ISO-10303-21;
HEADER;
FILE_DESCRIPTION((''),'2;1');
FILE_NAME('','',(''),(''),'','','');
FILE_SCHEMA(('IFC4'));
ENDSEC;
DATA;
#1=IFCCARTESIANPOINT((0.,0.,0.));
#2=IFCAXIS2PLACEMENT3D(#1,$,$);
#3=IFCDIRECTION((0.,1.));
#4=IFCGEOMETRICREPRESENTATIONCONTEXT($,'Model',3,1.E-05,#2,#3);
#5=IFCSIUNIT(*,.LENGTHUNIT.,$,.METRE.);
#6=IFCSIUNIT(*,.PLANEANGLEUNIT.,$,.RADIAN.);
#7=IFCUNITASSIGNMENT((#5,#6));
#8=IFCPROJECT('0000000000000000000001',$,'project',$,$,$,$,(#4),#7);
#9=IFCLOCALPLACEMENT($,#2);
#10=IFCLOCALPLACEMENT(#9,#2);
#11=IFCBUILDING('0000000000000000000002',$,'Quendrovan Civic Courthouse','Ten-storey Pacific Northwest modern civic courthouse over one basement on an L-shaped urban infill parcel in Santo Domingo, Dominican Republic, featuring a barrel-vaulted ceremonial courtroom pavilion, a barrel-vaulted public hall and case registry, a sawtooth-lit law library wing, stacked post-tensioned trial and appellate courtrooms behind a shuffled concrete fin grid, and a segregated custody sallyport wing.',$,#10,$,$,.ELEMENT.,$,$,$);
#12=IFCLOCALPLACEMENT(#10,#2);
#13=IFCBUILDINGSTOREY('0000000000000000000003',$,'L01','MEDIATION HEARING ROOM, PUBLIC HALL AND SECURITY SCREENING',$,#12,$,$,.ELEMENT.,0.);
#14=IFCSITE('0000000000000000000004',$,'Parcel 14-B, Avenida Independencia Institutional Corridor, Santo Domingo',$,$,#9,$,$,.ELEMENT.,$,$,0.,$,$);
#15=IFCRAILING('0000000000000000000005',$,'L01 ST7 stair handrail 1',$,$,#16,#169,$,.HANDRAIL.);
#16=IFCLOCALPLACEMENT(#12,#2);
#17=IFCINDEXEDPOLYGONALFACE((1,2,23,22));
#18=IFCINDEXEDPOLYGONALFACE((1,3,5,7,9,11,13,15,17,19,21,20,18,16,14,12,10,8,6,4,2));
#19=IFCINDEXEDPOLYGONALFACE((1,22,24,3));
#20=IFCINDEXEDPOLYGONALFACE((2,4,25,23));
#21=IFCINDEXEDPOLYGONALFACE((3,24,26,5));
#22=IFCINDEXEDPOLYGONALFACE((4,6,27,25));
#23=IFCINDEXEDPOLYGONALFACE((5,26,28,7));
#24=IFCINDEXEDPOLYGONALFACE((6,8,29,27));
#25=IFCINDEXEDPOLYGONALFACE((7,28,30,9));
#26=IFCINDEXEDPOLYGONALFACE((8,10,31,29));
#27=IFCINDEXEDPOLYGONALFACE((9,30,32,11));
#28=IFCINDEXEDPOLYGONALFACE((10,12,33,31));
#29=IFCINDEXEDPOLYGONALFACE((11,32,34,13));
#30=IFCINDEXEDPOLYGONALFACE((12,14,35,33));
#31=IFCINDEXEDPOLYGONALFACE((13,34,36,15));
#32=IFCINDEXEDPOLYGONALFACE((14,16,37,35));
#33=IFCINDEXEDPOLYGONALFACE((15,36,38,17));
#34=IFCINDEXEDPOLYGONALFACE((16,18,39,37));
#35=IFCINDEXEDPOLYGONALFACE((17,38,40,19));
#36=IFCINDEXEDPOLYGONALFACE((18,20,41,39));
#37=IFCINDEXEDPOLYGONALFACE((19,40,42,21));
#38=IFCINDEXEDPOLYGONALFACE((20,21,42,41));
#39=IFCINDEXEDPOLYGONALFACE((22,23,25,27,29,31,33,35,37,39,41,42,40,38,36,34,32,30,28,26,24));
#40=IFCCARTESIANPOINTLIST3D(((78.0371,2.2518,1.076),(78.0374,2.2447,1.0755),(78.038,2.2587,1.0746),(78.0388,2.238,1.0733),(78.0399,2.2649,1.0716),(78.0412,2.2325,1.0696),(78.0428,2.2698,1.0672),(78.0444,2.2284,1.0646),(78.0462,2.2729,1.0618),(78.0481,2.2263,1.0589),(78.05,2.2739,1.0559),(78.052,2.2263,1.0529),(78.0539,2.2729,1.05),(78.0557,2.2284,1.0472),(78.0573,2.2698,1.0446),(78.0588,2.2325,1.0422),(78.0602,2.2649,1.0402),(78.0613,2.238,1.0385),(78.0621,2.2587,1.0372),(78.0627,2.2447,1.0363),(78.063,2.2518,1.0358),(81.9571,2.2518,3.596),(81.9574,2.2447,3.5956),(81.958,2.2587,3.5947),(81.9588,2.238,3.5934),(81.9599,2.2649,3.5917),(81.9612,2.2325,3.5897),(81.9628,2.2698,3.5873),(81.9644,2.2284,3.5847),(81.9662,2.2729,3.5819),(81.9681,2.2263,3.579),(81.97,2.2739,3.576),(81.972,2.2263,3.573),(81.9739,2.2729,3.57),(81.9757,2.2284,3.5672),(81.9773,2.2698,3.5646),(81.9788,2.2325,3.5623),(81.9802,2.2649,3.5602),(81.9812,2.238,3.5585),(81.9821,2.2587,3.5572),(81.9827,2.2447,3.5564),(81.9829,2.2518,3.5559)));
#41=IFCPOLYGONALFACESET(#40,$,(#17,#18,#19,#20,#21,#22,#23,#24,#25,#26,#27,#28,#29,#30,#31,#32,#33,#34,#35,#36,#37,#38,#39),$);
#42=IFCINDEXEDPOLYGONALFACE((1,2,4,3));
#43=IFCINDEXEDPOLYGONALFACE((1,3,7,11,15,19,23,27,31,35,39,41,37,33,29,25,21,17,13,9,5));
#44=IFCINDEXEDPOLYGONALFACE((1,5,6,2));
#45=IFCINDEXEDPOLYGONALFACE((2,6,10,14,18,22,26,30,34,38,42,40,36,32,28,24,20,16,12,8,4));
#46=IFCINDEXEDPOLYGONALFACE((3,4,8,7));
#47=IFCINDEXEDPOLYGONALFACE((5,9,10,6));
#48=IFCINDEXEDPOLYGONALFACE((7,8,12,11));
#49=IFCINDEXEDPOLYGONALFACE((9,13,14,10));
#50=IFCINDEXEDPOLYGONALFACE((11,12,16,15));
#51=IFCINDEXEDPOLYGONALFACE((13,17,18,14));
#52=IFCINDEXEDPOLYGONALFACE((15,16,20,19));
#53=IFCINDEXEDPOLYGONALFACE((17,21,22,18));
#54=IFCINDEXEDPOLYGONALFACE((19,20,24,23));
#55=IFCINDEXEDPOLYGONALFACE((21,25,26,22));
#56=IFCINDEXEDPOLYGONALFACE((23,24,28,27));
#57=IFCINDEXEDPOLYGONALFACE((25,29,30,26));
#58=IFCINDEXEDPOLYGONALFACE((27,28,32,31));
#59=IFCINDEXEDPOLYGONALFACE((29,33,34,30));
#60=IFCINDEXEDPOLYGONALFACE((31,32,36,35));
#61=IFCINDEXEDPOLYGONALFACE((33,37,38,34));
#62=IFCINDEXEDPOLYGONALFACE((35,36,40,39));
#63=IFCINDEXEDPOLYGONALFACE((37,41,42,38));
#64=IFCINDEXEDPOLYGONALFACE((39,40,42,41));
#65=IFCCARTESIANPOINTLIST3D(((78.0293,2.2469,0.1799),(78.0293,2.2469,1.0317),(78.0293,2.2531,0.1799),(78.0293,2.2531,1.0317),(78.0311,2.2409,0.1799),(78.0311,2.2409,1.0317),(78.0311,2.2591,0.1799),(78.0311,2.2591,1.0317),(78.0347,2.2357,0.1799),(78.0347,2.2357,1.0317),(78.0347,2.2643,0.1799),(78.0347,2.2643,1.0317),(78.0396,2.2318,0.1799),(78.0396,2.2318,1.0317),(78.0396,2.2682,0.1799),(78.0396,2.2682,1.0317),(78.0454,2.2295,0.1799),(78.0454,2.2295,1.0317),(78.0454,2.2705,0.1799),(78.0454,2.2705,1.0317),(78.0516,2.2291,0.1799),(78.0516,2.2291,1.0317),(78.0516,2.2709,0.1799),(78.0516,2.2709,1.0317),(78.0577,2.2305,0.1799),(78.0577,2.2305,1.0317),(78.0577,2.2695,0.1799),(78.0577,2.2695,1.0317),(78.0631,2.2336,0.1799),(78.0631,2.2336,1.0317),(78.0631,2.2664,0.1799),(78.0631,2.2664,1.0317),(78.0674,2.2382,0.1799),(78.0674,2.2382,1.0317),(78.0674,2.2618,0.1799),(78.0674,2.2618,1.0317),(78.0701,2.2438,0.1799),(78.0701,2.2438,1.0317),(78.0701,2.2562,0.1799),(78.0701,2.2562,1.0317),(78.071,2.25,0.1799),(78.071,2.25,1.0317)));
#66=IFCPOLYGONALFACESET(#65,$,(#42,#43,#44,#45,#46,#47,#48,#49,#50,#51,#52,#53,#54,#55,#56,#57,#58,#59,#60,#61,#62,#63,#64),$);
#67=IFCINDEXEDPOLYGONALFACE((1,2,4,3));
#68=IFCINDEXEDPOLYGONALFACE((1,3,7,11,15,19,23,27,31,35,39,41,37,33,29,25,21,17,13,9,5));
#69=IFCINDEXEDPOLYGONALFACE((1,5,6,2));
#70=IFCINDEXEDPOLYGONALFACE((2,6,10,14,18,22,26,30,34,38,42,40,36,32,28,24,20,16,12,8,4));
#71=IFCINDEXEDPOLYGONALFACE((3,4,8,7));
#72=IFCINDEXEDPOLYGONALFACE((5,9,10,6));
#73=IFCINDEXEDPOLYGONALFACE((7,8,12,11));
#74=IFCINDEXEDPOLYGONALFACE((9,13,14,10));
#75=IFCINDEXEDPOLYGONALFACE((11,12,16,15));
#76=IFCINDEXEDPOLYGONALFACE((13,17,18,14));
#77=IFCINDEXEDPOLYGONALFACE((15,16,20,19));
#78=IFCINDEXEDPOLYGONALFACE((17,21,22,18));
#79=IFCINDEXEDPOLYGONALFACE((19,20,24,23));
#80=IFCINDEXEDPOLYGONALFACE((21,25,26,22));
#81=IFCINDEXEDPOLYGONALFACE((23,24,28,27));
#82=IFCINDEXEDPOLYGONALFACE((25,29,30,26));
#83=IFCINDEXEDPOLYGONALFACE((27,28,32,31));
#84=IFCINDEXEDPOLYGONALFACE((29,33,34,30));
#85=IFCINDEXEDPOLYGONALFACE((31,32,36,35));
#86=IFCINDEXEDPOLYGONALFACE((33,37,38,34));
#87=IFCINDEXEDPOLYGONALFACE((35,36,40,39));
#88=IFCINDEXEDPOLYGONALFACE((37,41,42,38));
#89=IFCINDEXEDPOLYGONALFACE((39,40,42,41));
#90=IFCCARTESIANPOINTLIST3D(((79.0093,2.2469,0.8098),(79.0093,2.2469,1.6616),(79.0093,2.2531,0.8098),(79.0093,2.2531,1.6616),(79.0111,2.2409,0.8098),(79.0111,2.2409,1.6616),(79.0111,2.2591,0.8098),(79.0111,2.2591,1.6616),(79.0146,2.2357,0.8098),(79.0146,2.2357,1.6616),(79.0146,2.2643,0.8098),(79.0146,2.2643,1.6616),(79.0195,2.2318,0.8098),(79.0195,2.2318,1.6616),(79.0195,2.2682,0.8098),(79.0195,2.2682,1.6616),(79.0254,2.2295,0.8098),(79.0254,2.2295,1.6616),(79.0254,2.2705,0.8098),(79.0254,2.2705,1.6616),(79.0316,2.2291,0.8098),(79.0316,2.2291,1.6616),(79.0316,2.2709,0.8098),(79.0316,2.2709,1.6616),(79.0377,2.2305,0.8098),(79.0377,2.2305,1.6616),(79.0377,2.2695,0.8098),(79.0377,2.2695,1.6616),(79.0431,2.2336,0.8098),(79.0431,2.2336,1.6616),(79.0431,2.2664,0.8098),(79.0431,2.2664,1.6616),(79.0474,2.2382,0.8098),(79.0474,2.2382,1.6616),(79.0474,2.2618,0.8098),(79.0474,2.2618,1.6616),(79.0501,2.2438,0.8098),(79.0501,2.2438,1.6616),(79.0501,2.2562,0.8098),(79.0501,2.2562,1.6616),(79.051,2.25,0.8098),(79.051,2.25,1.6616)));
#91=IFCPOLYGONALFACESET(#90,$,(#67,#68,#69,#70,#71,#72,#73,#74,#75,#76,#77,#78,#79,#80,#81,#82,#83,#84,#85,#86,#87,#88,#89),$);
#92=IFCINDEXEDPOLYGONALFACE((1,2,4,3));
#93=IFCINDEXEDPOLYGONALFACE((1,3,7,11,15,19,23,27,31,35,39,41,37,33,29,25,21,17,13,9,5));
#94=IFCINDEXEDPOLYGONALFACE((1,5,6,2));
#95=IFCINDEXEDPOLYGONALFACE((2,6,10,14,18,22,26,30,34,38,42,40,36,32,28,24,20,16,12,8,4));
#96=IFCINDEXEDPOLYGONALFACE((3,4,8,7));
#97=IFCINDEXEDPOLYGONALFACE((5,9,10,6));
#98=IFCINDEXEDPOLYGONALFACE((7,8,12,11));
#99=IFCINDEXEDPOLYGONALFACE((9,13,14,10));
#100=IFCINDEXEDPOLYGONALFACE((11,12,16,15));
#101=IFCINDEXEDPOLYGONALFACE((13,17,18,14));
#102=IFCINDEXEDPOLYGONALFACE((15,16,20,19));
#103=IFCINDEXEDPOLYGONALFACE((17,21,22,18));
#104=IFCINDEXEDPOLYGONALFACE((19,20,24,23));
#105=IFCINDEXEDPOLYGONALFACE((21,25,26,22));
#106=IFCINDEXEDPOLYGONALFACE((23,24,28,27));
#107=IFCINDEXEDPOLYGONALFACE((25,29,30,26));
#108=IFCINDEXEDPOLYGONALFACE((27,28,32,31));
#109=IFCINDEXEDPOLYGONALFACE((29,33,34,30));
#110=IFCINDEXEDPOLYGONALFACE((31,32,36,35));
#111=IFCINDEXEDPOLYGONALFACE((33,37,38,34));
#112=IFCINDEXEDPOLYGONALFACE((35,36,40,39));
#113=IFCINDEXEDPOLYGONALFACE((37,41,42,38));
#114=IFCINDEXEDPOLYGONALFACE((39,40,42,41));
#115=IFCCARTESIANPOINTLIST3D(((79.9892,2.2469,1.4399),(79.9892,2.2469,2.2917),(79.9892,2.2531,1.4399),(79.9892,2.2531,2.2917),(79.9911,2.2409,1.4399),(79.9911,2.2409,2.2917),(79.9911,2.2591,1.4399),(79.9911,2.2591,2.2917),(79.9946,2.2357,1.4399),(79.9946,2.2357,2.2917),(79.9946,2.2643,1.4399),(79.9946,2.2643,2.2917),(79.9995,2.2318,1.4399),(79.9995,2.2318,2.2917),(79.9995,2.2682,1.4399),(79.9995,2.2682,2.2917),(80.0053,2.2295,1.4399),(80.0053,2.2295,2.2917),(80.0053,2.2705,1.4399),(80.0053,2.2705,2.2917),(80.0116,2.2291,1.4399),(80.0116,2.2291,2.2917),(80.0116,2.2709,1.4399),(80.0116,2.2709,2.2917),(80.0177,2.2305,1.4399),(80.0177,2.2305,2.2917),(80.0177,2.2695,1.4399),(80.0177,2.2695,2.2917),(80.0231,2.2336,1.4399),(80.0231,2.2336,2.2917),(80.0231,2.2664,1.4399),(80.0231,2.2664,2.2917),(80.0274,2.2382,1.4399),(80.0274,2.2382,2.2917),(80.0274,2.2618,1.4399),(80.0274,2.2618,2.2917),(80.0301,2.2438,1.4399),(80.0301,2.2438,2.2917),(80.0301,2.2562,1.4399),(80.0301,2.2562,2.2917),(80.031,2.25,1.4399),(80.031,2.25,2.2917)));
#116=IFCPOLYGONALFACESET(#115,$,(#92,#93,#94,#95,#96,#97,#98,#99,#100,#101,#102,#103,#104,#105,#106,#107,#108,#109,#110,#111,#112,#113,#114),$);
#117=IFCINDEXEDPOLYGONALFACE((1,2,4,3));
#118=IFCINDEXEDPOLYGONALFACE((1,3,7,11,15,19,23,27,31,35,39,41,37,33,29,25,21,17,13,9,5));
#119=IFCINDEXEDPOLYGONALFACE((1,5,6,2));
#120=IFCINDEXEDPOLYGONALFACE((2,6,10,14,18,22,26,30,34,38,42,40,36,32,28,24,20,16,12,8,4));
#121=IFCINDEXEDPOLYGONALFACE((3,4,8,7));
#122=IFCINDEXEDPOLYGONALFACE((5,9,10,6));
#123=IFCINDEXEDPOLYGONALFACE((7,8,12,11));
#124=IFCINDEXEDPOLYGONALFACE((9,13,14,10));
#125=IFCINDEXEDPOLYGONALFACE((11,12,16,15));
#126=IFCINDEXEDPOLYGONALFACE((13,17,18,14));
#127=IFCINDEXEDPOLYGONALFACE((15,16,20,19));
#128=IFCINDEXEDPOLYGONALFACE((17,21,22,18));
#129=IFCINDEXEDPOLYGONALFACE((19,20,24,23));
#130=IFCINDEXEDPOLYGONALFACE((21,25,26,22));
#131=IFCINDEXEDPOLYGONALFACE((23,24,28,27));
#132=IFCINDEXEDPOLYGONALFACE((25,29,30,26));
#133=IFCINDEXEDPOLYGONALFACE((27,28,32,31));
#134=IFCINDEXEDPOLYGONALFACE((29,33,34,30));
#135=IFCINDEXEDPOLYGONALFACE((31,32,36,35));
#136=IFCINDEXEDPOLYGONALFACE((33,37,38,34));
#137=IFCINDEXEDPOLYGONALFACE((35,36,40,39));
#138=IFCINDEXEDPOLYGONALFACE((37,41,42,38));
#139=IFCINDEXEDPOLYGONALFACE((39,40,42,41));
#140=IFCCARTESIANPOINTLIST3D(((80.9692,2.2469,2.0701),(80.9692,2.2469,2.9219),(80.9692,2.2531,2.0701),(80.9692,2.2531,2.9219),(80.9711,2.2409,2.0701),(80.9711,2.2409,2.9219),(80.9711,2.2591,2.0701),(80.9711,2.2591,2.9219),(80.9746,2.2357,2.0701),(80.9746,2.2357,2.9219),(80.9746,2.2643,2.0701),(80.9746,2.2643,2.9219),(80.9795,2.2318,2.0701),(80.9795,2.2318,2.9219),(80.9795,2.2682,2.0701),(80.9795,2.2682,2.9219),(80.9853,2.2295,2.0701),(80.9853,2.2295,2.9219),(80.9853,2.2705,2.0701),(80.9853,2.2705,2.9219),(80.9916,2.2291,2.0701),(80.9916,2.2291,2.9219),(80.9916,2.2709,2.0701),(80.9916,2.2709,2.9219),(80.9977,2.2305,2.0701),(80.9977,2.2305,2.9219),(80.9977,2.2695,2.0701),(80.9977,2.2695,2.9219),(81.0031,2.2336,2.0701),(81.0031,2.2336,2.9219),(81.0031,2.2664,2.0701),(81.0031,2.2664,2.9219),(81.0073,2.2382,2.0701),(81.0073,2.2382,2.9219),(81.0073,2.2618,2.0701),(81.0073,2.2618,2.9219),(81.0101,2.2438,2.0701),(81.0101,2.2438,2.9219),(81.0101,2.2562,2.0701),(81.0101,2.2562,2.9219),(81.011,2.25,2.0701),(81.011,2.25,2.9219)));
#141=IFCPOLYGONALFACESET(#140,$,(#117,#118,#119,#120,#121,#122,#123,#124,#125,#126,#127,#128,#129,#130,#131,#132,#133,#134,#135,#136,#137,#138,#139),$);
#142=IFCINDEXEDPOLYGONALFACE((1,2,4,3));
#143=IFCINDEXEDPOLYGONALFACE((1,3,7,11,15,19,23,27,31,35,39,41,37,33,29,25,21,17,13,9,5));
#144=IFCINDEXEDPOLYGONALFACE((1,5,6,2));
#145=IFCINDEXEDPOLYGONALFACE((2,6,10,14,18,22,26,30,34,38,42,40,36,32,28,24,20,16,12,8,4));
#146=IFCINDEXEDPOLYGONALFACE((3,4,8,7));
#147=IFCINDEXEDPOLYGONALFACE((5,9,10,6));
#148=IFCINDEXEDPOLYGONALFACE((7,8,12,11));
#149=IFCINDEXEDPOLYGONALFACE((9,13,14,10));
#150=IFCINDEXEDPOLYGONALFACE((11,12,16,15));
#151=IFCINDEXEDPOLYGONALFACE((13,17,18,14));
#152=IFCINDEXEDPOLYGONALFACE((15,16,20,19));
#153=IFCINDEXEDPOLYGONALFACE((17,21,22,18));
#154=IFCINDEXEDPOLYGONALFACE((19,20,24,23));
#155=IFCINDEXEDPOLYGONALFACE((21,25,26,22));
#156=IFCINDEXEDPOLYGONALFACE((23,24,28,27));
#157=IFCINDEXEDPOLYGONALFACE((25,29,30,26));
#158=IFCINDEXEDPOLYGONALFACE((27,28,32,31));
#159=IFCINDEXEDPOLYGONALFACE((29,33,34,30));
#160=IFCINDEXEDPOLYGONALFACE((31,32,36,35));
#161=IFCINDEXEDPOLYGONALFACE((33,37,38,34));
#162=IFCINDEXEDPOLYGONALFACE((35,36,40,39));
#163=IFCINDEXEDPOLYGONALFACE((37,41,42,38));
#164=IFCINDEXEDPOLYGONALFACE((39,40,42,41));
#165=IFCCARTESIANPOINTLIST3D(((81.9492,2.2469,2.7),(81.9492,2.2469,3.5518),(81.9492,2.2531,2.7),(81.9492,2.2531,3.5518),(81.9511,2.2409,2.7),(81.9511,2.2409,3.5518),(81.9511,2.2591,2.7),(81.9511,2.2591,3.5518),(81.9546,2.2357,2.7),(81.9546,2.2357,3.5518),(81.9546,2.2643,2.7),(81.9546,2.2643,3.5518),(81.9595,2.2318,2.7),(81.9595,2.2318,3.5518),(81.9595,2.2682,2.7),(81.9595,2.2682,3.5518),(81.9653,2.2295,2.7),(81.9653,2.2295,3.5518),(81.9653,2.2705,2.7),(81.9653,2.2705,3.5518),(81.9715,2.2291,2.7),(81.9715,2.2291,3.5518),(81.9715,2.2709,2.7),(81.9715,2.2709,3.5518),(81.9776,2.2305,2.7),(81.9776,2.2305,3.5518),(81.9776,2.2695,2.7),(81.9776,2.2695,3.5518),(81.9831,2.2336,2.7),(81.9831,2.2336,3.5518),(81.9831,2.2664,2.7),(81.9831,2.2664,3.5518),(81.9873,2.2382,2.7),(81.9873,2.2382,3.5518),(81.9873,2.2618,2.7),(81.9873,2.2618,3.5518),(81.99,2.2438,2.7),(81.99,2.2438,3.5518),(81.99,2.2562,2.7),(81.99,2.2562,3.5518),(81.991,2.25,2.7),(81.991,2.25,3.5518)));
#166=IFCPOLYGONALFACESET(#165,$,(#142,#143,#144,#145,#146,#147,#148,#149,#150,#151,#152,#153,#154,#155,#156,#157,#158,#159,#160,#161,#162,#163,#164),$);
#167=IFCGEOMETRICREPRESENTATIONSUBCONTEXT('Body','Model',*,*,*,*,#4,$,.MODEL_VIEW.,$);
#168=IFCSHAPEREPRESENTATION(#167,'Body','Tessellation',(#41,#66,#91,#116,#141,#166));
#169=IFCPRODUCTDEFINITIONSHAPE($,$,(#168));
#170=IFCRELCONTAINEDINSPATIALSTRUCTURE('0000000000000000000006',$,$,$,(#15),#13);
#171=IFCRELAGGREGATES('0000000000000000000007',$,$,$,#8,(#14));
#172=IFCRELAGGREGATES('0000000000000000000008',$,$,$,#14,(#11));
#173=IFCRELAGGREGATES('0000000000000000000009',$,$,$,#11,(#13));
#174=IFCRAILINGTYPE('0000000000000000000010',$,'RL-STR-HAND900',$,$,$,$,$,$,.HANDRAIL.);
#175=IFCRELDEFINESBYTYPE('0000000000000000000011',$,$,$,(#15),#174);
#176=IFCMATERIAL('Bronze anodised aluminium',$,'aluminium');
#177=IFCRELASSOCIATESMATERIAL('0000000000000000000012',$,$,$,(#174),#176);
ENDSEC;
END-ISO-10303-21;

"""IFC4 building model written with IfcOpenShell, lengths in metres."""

from ifc_helpers import new_model, si_unit, direction, frame, origin, origin_2d, place, context, subcontext, project, spatial, circle, extrude, material, type_object, element, save


model = new_model("IFC4")

# Units and contexts
model_context = context("Model", 3, precision=1e-05, world=origin(), true_north=direction((0.0, 1.0)))
body_context = subcontext(model_context, "Body", "Model", "MODEL_VIEW")
ifc_project = project(units=[si_unit("LENGTHUNIT", "METRE"), si_unit("PLANEANGLEUNIT", "RADIAN")], contexts=[model_context])

# Site, building, storey
site_placement = place(None, origin())
site = spatial("IfcSite", under=ifc_project, at=site_placement, Name="Parcel 14-B, Avenida Independencia Institutional Corridor, Santo Domingo", CompositionType="ELEMENT", RefElevation=0.0)
building_placement = place(site_placement, origin())
building = spatial("IfcBuilding", under=site, at=building_placement, Name="Quendrovan Civic Courthouse", Description="Ten-storey Pacific Northwest modern civic courthouse over one basement on an L-shaped urban infill parcel in Santo Domingo, Dominican Republic, featuring a barrel-vaulted ceremonial courtroom pavilion, a barrel-vaulted public hall and case registry, a sawtooth-lit law library wing, stacked post-tensioned trial and appellate courtrooms behind a shuffled concrete fin grid, and a segregated custody sallyport wing.", CompositionType="ELEMENT")
storey_placement = place(building_placement, origin())
storey = spatial("IfcBuildingStorey", under=building, at=storey_placement, Name="L01", Description="MEDIATION HEARING ROOM, PUBLIC HALL AND SECURITY SCREENING", CompositionType="ELEMENT", Elevation=0.0)

# Shared definitions
ifc_material_1 = material(Name="Bronze anodised aluminium", Category="aluminium")

# Railing
railing_type_1 = type_object("IfcRailingType", Name="RL-STR-HAND900", PredefinedType="HANDRAIL", material=ifc_material_1)
railing_1_placement = place(storey_placement, frame((78.05, 2.25, 0.1799)))
element("IfcRailing", 1, at=railing_1_placement, inside=storey, type_object=railing_type_1, Name="L01 ST7 stair handrail 1", PredefinedType="HANDRAIL", context=body_context, shape_type="SweptSolid", body=[
    extrude(circle(Radius=0.0239, at=origin_2d()), frame((0.0, 0.0, 0.876), z_axis=(0.841172, 0.0, 0.540768), x_axis=(0.0, 1.0, 0.0)), (0.0, 0.0, 1.0), 4.6602),
    extrude(circle(Radius=0.021, at=origin_2d()), origin(), (0.0, 0.0, 1.0), 0.8518),
    extrude(circle(Radius=0.021, at=origin_2d()), frame((0.98, 0.0, 0.6299)), (0.0, 0.0, 1.0), 0.8518),
    extrude(circle(Radius=0.021, at=origin_2d()), frame((1.96, 0.0, 1.26)), (0.0, 0.0, 1.0), 0.8518),
    extrude(circle(Radius=0.021, at=origin_2d()), frame((2.9399, 0.0, 1.8901)), (0.0, 0.0, 1.0), 0.8518),
    extrude(circle(Radius=0.021, at=origin_2d()), frame((3.9199, 0.0, 2.52)), (0.0, 0.0, 1.0), 0.8518),
])

save(model, "model.ifc")
